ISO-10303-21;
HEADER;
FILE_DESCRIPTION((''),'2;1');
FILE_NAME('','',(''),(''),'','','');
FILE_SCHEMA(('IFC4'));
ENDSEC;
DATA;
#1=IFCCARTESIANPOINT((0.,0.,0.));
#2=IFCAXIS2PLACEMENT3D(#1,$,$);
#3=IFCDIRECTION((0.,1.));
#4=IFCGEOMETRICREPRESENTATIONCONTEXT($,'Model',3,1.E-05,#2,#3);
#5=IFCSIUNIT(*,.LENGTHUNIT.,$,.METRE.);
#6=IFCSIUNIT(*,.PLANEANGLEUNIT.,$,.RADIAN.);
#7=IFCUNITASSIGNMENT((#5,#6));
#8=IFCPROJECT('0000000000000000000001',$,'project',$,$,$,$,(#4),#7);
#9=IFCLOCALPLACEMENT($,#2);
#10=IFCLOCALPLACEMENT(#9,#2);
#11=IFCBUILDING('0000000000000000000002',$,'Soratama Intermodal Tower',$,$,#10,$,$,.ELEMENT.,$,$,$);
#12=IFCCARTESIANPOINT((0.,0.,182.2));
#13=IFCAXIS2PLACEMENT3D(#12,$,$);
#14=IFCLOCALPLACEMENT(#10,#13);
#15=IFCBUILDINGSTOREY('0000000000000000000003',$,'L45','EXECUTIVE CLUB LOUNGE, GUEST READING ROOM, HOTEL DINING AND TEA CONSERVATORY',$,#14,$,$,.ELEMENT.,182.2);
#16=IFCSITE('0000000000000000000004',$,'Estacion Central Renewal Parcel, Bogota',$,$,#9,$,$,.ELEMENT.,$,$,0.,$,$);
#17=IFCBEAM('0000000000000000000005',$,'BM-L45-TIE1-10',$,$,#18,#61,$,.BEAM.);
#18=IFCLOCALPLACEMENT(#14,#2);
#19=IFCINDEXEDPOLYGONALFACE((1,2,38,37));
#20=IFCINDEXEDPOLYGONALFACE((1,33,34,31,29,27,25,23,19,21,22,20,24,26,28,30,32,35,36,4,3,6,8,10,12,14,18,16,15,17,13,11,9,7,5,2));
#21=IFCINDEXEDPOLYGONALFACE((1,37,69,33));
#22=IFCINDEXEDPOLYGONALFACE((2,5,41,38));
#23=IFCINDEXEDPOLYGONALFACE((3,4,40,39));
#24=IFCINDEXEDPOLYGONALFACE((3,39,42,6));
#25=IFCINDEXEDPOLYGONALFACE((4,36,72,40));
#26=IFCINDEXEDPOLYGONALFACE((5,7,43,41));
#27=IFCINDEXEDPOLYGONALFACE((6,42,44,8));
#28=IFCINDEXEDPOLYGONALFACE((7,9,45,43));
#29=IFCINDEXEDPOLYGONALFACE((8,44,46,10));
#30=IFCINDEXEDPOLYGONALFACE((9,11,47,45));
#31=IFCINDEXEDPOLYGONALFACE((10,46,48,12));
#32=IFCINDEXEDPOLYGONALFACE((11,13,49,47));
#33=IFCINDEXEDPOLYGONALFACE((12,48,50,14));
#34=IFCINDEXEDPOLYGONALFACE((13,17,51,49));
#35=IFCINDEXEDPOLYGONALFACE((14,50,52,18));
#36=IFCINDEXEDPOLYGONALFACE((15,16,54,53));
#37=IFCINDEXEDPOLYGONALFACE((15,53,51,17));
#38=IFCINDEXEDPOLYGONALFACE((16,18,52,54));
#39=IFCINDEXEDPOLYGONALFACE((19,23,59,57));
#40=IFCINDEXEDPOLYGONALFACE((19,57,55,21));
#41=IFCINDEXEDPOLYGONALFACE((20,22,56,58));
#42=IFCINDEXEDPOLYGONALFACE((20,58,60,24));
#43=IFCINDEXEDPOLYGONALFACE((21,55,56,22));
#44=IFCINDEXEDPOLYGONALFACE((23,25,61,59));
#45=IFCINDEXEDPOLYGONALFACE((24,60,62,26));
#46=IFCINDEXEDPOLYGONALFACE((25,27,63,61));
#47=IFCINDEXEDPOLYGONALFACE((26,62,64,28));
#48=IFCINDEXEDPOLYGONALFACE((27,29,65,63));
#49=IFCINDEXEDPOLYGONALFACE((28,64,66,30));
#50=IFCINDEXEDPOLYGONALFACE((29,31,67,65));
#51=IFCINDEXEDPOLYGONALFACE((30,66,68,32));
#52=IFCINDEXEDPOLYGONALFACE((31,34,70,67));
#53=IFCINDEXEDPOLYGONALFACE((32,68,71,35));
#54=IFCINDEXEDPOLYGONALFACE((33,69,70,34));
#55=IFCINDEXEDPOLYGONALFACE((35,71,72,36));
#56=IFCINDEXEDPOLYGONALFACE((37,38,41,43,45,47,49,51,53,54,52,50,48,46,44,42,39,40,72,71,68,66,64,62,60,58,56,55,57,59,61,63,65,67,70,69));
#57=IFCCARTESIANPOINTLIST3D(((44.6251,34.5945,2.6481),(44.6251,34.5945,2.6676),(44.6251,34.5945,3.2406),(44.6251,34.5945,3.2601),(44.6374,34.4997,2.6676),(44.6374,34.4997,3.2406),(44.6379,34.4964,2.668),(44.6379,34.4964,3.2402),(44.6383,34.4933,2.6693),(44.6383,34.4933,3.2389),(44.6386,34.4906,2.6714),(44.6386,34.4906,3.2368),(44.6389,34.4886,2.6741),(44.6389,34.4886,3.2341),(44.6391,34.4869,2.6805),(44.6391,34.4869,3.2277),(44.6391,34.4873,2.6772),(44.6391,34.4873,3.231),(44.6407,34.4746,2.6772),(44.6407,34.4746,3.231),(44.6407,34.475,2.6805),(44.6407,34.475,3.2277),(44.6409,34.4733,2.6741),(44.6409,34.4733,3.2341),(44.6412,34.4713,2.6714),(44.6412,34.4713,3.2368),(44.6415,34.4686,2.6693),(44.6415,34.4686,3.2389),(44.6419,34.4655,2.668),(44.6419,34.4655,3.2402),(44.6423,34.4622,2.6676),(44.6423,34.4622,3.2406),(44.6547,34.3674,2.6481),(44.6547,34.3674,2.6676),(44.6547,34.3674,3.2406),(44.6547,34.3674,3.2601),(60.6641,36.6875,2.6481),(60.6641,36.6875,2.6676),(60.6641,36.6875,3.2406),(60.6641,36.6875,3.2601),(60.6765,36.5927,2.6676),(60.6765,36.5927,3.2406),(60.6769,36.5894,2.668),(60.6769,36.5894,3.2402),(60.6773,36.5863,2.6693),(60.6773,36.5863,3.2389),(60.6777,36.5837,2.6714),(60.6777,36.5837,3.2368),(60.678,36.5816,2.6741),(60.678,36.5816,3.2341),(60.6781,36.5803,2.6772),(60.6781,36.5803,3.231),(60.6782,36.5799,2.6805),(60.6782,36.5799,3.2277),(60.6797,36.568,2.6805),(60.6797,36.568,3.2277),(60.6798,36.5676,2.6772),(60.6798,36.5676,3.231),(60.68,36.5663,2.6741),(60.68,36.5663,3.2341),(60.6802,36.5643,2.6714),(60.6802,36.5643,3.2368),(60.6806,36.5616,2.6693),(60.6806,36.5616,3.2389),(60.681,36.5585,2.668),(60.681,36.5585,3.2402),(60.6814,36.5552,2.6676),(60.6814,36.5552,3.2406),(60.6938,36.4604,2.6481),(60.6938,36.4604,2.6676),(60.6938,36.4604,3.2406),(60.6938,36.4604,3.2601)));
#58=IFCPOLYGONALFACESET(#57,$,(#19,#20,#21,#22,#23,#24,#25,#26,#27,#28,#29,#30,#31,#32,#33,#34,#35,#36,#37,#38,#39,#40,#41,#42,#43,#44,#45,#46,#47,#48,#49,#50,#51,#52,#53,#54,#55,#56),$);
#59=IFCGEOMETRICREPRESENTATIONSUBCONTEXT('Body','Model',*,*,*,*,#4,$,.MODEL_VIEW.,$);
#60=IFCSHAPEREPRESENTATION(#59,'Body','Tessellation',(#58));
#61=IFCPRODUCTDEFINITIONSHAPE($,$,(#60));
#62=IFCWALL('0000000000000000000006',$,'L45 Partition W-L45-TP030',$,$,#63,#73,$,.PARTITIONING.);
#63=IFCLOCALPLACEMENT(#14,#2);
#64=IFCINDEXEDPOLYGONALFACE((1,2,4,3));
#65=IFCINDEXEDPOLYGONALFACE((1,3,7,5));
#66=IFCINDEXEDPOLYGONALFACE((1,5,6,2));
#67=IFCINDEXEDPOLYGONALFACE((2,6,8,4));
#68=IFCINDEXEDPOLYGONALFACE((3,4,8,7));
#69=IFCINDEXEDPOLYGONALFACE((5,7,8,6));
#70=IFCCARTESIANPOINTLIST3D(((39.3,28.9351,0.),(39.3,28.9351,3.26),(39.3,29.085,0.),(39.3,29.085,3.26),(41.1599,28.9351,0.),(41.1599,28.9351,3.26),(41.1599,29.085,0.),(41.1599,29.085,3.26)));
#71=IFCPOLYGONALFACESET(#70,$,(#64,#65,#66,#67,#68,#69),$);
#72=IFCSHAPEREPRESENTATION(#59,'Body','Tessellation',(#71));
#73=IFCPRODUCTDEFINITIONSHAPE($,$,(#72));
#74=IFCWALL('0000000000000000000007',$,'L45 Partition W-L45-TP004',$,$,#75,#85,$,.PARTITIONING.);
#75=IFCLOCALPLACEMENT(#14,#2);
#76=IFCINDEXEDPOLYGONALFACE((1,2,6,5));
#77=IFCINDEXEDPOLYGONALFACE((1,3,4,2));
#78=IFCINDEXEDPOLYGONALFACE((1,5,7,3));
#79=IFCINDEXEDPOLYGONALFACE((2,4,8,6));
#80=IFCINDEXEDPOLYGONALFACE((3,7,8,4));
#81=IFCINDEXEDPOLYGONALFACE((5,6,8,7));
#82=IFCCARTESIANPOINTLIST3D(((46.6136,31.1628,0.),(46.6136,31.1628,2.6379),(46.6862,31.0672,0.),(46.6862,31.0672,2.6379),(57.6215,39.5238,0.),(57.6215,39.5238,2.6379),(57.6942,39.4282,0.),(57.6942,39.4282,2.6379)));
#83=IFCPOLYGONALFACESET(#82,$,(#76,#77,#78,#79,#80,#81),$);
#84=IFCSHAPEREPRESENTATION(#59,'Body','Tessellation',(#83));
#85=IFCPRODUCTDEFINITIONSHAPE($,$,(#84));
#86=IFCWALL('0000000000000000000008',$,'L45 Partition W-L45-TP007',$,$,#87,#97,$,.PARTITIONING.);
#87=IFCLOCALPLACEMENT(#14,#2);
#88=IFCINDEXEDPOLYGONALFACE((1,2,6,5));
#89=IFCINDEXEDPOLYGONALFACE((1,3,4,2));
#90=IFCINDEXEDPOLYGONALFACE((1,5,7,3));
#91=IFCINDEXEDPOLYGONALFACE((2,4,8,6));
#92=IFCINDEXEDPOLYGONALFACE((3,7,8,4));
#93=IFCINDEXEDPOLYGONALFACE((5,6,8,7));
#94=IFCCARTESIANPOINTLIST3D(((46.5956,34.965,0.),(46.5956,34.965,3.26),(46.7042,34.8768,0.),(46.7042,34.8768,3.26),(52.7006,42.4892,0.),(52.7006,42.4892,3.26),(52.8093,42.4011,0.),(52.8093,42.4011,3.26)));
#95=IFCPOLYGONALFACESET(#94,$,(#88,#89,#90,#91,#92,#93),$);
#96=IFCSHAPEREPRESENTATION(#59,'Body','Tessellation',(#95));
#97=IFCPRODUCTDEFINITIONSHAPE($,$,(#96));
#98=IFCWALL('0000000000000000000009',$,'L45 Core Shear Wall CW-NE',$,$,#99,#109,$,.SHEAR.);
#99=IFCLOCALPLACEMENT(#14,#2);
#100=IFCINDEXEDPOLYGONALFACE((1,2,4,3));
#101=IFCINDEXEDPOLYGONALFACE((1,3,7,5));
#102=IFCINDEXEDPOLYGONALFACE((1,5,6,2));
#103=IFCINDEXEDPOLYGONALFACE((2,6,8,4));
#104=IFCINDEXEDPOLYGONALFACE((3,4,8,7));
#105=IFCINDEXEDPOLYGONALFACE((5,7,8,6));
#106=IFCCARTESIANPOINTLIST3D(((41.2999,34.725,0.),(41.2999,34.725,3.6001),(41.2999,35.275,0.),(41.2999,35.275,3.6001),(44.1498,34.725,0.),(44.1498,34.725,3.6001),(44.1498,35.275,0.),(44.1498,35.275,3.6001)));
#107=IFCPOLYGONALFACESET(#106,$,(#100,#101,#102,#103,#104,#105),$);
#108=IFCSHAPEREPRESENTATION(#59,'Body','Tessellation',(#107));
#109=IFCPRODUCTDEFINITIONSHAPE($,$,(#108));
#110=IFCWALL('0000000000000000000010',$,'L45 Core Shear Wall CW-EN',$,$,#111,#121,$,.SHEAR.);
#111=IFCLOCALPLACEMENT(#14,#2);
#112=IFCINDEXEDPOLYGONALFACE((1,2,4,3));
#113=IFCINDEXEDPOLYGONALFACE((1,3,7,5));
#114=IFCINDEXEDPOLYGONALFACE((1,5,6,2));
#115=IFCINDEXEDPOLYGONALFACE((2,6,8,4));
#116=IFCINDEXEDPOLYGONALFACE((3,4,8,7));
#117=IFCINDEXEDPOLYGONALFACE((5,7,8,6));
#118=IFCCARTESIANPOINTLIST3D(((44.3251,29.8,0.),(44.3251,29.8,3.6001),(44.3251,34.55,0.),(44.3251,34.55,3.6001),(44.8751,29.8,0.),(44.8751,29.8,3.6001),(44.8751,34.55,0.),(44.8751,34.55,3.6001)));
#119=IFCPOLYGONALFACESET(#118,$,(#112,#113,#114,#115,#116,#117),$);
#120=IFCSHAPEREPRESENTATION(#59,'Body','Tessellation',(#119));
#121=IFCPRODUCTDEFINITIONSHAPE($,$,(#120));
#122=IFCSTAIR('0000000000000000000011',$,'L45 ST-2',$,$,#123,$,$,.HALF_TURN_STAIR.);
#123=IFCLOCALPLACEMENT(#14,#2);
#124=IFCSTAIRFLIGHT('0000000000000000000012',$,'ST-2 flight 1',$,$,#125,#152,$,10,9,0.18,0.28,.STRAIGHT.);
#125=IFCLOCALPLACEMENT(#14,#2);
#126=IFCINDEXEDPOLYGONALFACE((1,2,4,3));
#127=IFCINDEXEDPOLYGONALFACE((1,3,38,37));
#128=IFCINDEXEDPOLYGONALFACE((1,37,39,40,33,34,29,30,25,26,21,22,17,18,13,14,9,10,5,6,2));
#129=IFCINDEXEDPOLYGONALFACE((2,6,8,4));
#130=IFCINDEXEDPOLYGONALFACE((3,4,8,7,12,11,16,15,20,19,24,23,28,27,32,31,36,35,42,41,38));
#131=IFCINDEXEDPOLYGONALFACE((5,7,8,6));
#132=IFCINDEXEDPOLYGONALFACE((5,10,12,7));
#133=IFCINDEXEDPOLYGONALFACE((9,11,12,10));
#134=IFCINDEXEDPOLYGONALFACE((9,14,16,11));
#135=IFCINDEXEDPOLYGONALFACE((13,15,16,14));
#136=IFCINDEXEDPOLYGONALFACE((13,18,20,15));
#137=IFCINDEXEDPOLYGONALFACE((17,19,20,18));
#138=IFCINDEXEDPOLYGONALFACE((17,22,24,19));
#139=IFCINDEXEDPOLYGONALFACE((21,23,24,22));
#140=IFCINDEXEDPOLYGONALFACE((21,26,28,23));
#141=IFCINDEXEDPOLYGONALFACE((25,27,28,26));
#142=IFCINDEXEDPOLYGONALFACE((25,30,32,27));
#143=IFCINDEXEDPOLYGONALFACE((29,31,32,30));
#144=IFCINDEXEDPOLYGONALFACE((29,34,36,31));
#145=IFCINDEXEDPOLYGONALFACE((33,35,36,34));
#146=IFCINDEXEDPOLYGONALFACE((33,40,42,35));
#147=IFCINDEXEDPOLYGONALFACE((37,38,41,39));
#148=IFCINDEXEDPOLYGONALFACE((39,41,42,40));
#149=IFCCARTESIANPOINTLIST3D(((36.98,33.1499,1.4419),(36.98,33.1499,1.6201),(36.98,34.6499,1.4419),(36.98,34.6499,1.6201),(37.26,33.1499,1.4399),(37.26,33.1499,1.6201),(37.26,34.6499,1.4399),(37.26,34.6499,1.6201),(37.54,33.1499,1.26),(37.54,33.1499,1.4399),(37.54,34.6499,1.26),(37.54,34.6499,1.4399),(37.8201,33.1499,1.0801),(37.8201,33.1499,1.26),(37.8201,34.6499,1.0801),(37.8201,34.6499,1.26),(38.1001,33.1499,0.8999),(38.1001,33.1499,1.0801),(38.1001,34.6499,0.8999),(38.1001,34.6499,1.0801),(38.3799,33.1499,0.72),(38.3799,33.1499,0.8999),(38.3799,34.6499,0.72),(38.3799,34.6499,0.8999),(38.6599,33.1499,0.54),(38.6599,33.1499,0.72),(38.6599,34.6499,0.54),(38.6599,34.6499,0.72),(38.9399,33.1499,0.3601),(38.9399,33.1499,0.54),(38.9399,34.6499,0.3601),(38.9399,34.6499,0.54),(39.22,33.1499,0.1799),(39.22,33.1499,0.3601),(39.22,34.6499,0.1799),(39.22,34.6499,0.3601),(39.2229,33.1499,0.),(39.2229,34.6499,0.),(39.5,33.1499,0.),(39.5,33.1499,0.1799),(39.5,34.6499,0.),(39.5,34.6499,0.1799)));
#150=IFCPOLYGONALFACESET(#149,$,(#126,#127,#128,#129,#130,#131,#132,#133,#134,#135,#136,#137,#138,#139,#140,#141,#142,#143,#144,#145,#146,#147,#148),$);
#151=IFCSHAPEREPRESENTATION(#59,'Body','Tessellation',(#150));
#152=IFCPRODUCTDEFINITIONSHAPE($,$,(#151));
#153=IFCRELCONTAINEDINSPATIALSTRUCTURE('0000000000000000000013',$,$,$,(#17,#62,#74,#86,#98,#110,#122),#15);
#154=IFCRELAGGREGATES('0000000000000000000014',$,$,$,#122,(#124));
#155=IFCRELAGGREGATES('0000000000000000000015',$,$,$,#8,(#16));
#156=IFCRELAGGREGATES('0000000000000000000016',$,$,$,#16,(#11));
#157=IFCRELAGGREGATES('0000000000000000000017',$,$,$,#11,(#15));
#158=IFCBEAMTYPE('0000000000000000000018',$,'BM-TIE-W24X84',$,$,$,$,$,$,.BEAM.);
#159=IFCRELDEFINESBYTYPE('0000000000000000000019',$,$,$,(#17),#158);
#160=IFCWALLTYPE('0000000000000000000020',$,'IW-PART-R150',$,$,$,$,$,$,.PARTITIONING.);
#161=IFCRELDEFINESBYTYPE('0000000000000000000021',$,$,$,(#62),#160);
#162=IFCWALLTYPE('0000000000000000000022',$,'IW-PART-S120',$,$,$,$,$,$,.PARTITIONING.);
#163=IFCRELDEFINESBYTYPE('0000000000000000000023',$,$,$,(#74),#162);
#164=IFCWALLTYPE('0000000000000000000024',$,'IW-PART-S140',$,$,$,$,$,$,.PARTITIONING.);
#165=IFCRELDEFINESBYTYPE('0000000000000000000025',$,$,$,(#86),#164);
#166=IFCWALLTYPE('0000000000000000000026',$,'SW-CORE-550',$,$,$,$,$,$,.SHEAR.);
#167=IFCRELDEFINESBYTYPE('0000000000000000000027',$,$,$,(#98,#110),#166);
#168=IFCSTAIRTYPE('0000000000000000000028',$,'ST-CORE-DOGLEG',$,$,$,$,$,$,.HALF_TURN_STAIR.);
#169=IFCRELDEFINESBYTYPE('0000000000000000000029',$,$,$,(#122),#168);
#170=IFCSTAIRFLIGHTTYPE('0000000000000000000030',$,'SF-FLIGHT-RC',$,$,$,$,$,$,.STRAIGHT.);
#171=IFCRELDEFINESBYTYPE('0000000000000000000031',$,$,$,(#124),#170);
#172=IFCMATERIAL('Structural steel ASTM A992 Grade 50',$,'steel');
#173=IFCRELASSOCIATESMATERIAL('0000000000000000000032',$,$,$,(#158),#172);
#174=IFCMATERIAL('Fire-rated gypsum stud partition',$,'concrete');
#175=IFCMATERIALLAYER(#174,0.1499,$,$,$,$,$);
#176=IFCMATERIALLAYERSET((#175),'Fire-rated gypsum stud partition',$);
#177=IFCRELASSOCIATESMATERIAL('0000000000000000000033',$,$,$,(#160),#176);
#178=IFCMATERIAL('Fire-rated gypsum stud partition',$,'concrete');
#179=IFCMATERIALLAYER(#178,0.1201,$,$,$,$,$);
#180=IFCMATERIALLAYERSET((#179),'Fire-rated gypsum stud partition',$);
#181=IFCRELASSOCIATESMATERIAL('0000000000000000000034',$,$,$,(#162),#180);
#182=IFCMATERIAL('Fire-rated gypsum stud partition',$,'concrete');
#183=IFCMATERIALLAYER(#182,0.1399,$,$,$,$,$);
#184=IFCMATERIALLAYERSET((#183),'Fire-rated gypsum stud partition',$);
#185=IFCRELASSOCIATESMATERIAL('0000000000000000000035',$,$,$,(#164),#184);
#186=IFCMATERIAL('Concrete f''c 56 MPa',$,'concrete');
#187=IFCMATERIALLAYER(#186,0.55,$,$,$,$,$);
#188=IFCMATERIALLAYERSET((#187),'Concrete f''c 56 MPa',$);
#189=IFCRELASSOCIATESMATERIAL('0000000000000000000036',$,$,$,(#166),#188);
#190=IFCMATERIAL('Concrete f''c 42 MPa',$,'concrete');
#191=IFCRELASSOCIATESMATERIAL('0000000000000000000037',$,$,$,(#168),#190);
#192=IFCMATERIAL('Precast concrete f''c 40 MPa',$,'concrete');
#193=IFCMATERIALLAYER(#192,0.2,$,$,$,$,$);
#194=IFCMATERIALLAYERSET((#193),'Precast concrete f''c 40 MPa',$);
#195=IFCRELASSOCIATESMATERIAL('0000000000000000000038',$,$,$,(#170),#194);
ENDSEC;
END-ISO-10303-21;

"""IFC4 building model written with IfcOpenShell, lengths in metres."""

from ifc_helpers import new_model, si_unit, direction, frame, frame_2d, origin, origin_2d, place, context, subcontext, project, spatial, polyline, rectangle, i_section, outline, extrude, material, layer, layer_set, material_profile, profile_set, type_object, element, aggregate, save


model = new_model("IFC4")

# Units and contexts
model_context = context("Model", 3, precision=1e-05, world=origin(), true_north=direction((0.0, 1.0)))
body_context = subcontext(model_context, "Body", "Model", "MODEL_VIEW")
ifc_project = project(units=[si_unit("LENGTHUNIT", "METRE"), si_unit("PLANEANGLEUNIT", "RADIAN")], contexts=[model_context])

# Site, building, storey
site_placement = place(None, origin())
site = spatial("IfcSite", under=ifc_project, at=site_placement, Name="Estacion Central Renewal Parcel, Bogota", CompositionType="ELEMENT", RefElevation=0.0)
building_placement = place(site_placement, origin())
building = spatial("IfcBuilding", under=site, at=building_placement, Name="Soratama Intermodal Tower", CompositionType="ELEMENT")
storey_placement = place(building_placement, frame((0.0, 0.0, 182.2)))
storey = spatial("IfcBuildingStorey", under=building, at=storey_placement, Name="L45", Description="EXECUTIVE CLUB LOUNGE, GUEST READING ROOM, HOTEL DINING AND TEA CONSERVATORY", CompositionType="ELEMENT", Elevation=182.2)

# Beam
ifc_material_1 = material(Name="Structural steel ASTM A992 Grade 50", Category="steel")
ifc_material_profile_1 = material_profile(ifc_material_1, i_section(OverallWidth=0.229, OverallDepth=0.6121, WebThickness=0.012, FlangeThickness=0.0195, FilletRadius=0.0129, at=origin_2d()), Name="W24X84")
ifc_profile_set_1 = profile_set([ifc_material_profile_1], Name="Structural steel ASTM A992 Grade 50")
beam_type_1 = type_object("IfcBeamType", Name="BM-TIE-W24X84", PredefinedType="BEAM", material=ifc_profile_set_1)
beam_1_placement = place(storey_placement, frame((44.6399, 34.481, 2.9541), z_axis=(0.991593, 0.129398, 0.0), x_axis=(-0.129398, 0.991593, 0.0)))
element("IfcBeam", 1, at=beam_1_placement, inside=storey, type_object=beam_type_1, Name="BM-L45-TIE1-10", PredefinedType="BEAM", context=body_context, shape_type="SweptSolid", body=[
    extrude(i_section(OverallWidth=0.229, OverallDepth=0.6121, WebThickness=0.012, FlangeThickness=0.0195, FilletRadius=0.0129, at=origin_2d()), origin(), (0.0, 0.0, 1.0), 16.175),
])

# Shared definitions
ifc_material_2 = material(Name="Fire-rated gypsum stud partition", Category="concrete")
ifc_layer_1 = layer(ifc_material_2, 0.1499)
ifc_layer_set_1 = layer_set([ifc_layer_1], Name="Fire-rated gypsum stud partition")
wall_type_1 = type_object("IfcWallType", Name="IW-PART-R150", PredefinedType="PARTITIONING", material=ifc_layer_set_1)

# Walls
wall_1_placement = place(storey_placement, frame((39.3, 29.01, 0.0), z_axis=(0.0, 0.0, 1.0), x_axis=(1.0, 0.0, 0.0)))
element("IfcWall", 2, at=wall_1_placement, inside=storey, type_object=wall_type_1, Name="L45 Partition W-L45-TP030", PredefinedType="PARTITIONING", context=body_context, shape_type="SweptSolid", body=[
    extrude(rectangle(XDim=1.8599, YDim=0.1499, at=frame_2d((0.9299, 0.0))), origin(), (0.0, 0.0, 1.0), 3.26),
])
ifc_material_3 = material(Name="Fire-rated gypsum stud partition", Category="concrete")
ifc_layer_2 = layer(ifc_material_3, 0.1201)
ifc_layer_set_2 = layer_set([ifc_layer_2], Name="Fire-rated gypsum stud partition")
wall_type_2 = type_object("IfcWallType", Name="IW-PART-S120", PredefinedType="PARTITIONING", material=ifc_layer_set_2)
wall_2_placement = place(storey_placement, frame((46.6499, 31.115, 0.0), z_axis=(0.0, 0.0, 1.0), x_axis=(0.796338, 0.604852, 0.0)))
element("IfcWall", 3, at=wall_2_placement, inside=storey, type_object=wall_type_2, Name="L45 Partition W-L45-TP004", PredefinedType="PARTITIONING", context=body_context, shape_type="SweptSolid", body=[
    extrude(rectangle(XDim=13.8232, YDim=0.1201, at=frame_2d((6.9116, 0.0))), origin(), (0.0, 0.0, 1.0), 2.6379),
])
ifc_material_4 = material(Name="Fire-rated gypsum stud partition", Category="concrete")
ifc_layer_3 = layer(ifc_material_4, 0.1399)
ifc_layer_set_3 = layer_set([ifc_layer_3], Name="Fire-rated gypsum stud partition")
wall_type_3 = type_object("IfcWallType", Name="IW-PART-S140", PredefinedType="PARTITIONING", material=ifc_layer_set_3)
wall_3_placement = place(storey_placement, frame((46.6499, 34.9209, 0.0), z_axis=(0.0, 0.0, 1.0), x_axis=(0.63007, 0.776538, 0.0)))
element("IfcWall", 4, at=wall_3_placement, inside=storey, type_object=wall_type_3, Name="L45 Partition W-L45-TP007", PredefinedType="PARTITIONING", context=body_context, shape_type="SweptSolid", body=[
    extrude(rectangle(XDim=9.6895, YDim=0.1399, at=frame_2d((4.8447, 0.0))), origin(), (0.0, 0.0, 1.0), 3.26),
])
ifc_material_5 = material(Name="Concrete f'c 56 MPa", Category="concrete")
ifc_layer_4 = layer(ifc_material_5, 0.55)
ifc_layer_set_4 = layer_set([ifc_layer_4], Name="Concrete f'c 56 MPa")
wall_type_4 = type_object("IfcWallType", Name="SW-CORE-550", PredefinedType="SHEAR", material=ifc_layer_set_4)
wall_4_placement = place(storey_placement, frame((41.3, 35.0, 0.0), z_axis=(0.0, 0.0, 1.0), x_axis=(1.0, 0.0, 0.0)))
element("IfcWall", 5, at=wall_4_placement, inside=storey, type_object=wall_type_4, Name="L45 Core Shear Wall CW-NE", PredefinedType="SHEAR", context=body_context, shape_type="SweptSolid", body=[
    extrude(rectangle(XDim=2.8499, YDim=0.55, at=frame_2d((1.4248, 0.0))), origin(), (0.0, 0.0, 1.0), 3.6001),
])
wall_5_placement = place(storey_placement, frame((44.6001, 29.8, 0.0), z_axis=(0.0, 0.0, 1.0), x_axis=(0.0, 1.0, 0.0)))
element("IfcWall", 6, at=wall_5_placement, inside=storey, type_object=wall_type_4, Name="L45 Core Shear Wall CW-EN", PredefinedType="SHEAR", context=body_context, shape_type="SweptSolid", body=[
    extrude(rectangle(XDim=4.75, YDim=0.55, at=frame_2d((2.375, 0.0))), origin(), (0.0, 0.0, 1.0), 3.6001),
])

# Stair, stair flight
ifc_material_6 = material(Name="Concrete f'c 42 MPa", Category="concrete")
stair_type = type_object("IfcStairType", Name="ST-CORE-DOGLEG", PredefinedType="HALF_TURN_STAIR", material=ifc_material_6)
stair_placement = place(storey_placement, origin())
stair = element("IfcStair", 7, at=stair_placement, inside=storey, type_object=stair_type, Name="L45 ST-2", PredefinedType="HALF_TURN_STAIR")
ifc_material_7 = material(Name="Precast concrete f'c 40 MPa", Category="concrete")
ifc_layer_5 = layer(ifc_material_7, 0.2)
ifc_layer_set_5 = layer_set([ifc_layer_5], Name="Precast concrete f'c 40 MPa")
stair_flight_type = type_object("IfcStairFlightType", Name="SF-FLIGHT-RC", PredefinedType="STRAIGHT", material=ifc_layer_set_5)
stair_flight_placement = place(storey_placement, frame((39.5, 33.8999, 0.0), z_axis=(0.0, 0.0, 1.0), x_axis=(-1.0, 0.0, 0.0)))
stair_flight = element("IfcStairFlight", 8, at=stair_flight_placement, type_object=stair_flight_type, Name="ST-2 flight 1", NumberOfRisers=10, NumberOfTreads=9, PredefinedType="STRAIGHT", RiserHeight=0.18, TreadLength=0.28, context=body_context, shape_type="SweptSolid", body=[
    extrude(outline(polyline([(0.0, 0.0), (0.0, 0.1799), (0.28, 0.1799), (0.28, 0.3601), (0.5601, 0.3601), (0.5601, 0.54), (0.8401, 0.54), (0.8401, 0.72), (1.1201, 0.72), (1.1201, 0.8999), (1.3999, 0.8999), (1.3999, 1.0801), (1.6799, 1.0801), (1.6799, 1.26), (1.96, 1.26), (1.96, 1.4399), (2.24, 1.4399), (2.24, 1.6201), (2.52, 1.6201), (2.52, 1.8), (2.52, 1.4419), (0.2771, 0.0), (0.0, 0.0)])), frame((0.0, 0.75, 0.0), z_axis=(0.0, -1.0, 0.0), x_axis=(1.0, 0.0, 0.0)), (0.0, 0.0, 1.0), 1.5),
])
aggregate(stair, [stair_flight])

save(model, "model.ifc")
